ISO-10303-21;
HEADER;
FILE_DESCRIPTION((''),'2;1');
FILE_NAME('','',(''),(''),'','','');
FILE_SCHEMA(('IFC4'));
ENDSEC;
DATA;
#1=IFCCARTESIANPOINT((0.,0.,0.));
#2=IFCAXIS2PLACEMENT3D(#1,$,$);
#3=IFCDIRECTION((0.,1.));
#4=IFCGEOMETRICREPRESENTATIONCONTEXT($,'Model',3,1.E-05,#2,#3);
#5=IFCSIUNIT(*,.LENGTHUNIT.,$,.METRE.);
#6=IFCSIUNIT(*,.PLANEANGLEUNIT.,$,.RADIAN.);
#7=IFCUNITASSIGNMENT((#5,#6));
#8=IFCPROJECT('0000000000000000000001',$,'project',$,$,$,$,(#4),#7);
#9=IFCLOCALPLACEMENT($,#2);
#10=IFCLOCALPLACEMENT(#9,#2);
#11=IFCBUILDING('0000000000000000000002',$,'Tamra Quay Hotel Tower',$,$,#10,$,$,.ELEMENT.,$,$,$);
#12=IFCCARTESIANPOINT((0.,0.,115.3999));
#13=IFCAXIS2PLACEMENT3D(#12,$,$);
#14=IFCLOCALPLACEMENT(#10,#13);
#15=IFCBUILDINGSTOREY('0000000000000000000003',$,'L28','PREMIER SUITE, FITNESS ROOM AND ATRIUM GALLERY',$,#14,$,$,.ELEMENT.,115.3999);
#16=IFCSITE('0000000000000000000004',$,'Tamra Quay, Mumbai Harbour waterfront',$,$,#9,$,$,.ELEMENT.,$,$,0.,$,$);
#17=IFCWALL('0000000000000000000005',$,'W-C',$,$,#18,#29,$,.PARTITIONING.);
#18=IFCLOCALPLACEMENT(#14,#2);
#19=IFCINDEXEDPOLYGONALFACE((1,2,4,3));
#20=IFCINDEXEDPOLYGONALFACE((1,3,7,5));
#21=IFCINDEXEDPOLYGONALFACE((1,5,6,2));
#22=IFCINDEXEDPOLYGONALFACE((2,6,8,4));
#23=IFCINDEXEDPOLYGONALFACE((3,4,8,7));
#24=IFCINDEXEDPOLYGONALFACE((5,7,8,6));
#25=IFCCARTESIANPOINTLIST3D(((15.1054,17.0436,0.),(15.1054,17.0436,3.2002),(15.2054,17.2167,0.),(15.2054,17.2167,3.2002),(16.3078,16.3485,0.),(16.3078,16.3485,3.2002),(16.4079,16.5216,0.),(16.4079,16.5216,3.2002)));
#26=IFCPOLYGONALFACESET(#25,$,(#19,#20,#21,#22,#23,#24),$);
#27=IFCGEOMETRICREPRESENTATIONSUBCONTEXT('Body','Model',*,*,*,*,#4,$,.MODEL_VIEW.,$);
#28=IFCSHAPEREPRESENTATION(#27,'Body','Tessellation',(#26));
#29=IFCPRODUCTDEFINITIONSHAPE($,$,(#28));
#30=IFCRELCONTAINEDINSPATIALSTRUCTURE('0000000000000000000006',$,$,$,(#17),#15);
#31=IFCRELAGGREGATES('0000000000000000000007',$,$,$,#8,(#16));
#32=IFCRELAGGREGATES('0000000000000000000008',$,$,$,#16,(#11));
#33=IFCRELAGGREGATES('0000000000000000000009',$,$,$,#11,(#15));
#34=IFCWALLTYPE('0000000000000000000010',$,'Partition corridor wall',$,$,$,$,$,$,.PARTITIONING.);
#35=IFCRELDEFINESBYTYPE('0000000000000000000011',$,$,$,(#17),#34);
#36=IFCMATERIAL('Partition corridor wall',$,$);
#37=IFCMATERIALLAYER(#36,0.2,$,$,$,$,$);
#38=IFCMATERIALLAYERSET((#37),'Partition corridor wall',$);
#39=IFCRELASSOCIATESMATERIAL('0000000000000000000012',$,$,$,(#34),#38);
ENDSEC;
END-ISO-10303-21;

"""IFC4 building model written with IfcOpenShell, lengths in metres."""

from ifc_helpers import new_model, si_unit, direction, frame, frame_2d, origin, place, context, subcontext, project, spatial, rectangle, extrude, material, layer, layer_set, type_object, element, save


model = new_model("IFC4")

# Units and contexts
model_context = context("Model", 3, precision=1e-05, world=origin(), true_north=direction((0.0, 1.0)))
body_context = subcontext(model_context, "Body", "Model", "MODEL_VIEW")
ifc_project = project(units=[si_unit("LENGTHUNIT", "METRE"), si_unit("PLANEANGLEUNIT", "RADIAN")], contexts=[model_context])

# Site, building, storey
site_placement = place(None, origin())
site = spatial("IfcSite", under=ifc_project, at=site_placement, Name="Tamra Quay, Mumbai Harbour waterfront", CompositionType="ELEMENT", RefElevation=0.0)
building_placement = place(site_placement, origin())
building = spatial("IfcBuilding", under=site, at=building_placement, Name="Tamra Quay Hotel Tower", CompositionType="ELEMENT")
storey_placement = place(building_placement, frame((0.0, 0.0, 115.3999)))
storey = spatial("IfcBuildingStorey", under=building, at=storey_placement, Name="L28", Description="PREMIER SUITE, FITNESS ROOM AND ATRIUM GALLERY", CompositionType="ELEMENT", Elevation=115.3999)

# Wall
ifc_material_1 = material(Name="Partition corridor wall")
ifc_layer_1 = layer(ifc_material_1, 0.2)
ifc_layer_set_1 = layer_set([ifc_layer_1], Name="Partition corridor wall")
wall_type_1 = type_object("IfcWallType", Name="Partition corridor wall", PredefinedType="PARTITIONING", material=ifc_layer_set_1)
wall_1_placement = place(storey_placement, frame((15.1555, 17.1301, 0.0), z_axis=(0.0, 0.0, 1.0), x_axis=(0.865755, -0.500468, 0.0)))
element("IfcWall", 1, at=wall_1_placement, inside=storey, type_object=wall_type_1, Name="W-C", PredefinedType="PARTITIONING", context=body_context, shape_type="SweptSolid", body=[
    extrude(rectangle(XDim=1.3889, YDim=0.2, at=frame_2d((0.6943, 0.0))), origin(), (0.0, 0.0, 1.0), 3.2002),
])

save(model, "model.ifc")
